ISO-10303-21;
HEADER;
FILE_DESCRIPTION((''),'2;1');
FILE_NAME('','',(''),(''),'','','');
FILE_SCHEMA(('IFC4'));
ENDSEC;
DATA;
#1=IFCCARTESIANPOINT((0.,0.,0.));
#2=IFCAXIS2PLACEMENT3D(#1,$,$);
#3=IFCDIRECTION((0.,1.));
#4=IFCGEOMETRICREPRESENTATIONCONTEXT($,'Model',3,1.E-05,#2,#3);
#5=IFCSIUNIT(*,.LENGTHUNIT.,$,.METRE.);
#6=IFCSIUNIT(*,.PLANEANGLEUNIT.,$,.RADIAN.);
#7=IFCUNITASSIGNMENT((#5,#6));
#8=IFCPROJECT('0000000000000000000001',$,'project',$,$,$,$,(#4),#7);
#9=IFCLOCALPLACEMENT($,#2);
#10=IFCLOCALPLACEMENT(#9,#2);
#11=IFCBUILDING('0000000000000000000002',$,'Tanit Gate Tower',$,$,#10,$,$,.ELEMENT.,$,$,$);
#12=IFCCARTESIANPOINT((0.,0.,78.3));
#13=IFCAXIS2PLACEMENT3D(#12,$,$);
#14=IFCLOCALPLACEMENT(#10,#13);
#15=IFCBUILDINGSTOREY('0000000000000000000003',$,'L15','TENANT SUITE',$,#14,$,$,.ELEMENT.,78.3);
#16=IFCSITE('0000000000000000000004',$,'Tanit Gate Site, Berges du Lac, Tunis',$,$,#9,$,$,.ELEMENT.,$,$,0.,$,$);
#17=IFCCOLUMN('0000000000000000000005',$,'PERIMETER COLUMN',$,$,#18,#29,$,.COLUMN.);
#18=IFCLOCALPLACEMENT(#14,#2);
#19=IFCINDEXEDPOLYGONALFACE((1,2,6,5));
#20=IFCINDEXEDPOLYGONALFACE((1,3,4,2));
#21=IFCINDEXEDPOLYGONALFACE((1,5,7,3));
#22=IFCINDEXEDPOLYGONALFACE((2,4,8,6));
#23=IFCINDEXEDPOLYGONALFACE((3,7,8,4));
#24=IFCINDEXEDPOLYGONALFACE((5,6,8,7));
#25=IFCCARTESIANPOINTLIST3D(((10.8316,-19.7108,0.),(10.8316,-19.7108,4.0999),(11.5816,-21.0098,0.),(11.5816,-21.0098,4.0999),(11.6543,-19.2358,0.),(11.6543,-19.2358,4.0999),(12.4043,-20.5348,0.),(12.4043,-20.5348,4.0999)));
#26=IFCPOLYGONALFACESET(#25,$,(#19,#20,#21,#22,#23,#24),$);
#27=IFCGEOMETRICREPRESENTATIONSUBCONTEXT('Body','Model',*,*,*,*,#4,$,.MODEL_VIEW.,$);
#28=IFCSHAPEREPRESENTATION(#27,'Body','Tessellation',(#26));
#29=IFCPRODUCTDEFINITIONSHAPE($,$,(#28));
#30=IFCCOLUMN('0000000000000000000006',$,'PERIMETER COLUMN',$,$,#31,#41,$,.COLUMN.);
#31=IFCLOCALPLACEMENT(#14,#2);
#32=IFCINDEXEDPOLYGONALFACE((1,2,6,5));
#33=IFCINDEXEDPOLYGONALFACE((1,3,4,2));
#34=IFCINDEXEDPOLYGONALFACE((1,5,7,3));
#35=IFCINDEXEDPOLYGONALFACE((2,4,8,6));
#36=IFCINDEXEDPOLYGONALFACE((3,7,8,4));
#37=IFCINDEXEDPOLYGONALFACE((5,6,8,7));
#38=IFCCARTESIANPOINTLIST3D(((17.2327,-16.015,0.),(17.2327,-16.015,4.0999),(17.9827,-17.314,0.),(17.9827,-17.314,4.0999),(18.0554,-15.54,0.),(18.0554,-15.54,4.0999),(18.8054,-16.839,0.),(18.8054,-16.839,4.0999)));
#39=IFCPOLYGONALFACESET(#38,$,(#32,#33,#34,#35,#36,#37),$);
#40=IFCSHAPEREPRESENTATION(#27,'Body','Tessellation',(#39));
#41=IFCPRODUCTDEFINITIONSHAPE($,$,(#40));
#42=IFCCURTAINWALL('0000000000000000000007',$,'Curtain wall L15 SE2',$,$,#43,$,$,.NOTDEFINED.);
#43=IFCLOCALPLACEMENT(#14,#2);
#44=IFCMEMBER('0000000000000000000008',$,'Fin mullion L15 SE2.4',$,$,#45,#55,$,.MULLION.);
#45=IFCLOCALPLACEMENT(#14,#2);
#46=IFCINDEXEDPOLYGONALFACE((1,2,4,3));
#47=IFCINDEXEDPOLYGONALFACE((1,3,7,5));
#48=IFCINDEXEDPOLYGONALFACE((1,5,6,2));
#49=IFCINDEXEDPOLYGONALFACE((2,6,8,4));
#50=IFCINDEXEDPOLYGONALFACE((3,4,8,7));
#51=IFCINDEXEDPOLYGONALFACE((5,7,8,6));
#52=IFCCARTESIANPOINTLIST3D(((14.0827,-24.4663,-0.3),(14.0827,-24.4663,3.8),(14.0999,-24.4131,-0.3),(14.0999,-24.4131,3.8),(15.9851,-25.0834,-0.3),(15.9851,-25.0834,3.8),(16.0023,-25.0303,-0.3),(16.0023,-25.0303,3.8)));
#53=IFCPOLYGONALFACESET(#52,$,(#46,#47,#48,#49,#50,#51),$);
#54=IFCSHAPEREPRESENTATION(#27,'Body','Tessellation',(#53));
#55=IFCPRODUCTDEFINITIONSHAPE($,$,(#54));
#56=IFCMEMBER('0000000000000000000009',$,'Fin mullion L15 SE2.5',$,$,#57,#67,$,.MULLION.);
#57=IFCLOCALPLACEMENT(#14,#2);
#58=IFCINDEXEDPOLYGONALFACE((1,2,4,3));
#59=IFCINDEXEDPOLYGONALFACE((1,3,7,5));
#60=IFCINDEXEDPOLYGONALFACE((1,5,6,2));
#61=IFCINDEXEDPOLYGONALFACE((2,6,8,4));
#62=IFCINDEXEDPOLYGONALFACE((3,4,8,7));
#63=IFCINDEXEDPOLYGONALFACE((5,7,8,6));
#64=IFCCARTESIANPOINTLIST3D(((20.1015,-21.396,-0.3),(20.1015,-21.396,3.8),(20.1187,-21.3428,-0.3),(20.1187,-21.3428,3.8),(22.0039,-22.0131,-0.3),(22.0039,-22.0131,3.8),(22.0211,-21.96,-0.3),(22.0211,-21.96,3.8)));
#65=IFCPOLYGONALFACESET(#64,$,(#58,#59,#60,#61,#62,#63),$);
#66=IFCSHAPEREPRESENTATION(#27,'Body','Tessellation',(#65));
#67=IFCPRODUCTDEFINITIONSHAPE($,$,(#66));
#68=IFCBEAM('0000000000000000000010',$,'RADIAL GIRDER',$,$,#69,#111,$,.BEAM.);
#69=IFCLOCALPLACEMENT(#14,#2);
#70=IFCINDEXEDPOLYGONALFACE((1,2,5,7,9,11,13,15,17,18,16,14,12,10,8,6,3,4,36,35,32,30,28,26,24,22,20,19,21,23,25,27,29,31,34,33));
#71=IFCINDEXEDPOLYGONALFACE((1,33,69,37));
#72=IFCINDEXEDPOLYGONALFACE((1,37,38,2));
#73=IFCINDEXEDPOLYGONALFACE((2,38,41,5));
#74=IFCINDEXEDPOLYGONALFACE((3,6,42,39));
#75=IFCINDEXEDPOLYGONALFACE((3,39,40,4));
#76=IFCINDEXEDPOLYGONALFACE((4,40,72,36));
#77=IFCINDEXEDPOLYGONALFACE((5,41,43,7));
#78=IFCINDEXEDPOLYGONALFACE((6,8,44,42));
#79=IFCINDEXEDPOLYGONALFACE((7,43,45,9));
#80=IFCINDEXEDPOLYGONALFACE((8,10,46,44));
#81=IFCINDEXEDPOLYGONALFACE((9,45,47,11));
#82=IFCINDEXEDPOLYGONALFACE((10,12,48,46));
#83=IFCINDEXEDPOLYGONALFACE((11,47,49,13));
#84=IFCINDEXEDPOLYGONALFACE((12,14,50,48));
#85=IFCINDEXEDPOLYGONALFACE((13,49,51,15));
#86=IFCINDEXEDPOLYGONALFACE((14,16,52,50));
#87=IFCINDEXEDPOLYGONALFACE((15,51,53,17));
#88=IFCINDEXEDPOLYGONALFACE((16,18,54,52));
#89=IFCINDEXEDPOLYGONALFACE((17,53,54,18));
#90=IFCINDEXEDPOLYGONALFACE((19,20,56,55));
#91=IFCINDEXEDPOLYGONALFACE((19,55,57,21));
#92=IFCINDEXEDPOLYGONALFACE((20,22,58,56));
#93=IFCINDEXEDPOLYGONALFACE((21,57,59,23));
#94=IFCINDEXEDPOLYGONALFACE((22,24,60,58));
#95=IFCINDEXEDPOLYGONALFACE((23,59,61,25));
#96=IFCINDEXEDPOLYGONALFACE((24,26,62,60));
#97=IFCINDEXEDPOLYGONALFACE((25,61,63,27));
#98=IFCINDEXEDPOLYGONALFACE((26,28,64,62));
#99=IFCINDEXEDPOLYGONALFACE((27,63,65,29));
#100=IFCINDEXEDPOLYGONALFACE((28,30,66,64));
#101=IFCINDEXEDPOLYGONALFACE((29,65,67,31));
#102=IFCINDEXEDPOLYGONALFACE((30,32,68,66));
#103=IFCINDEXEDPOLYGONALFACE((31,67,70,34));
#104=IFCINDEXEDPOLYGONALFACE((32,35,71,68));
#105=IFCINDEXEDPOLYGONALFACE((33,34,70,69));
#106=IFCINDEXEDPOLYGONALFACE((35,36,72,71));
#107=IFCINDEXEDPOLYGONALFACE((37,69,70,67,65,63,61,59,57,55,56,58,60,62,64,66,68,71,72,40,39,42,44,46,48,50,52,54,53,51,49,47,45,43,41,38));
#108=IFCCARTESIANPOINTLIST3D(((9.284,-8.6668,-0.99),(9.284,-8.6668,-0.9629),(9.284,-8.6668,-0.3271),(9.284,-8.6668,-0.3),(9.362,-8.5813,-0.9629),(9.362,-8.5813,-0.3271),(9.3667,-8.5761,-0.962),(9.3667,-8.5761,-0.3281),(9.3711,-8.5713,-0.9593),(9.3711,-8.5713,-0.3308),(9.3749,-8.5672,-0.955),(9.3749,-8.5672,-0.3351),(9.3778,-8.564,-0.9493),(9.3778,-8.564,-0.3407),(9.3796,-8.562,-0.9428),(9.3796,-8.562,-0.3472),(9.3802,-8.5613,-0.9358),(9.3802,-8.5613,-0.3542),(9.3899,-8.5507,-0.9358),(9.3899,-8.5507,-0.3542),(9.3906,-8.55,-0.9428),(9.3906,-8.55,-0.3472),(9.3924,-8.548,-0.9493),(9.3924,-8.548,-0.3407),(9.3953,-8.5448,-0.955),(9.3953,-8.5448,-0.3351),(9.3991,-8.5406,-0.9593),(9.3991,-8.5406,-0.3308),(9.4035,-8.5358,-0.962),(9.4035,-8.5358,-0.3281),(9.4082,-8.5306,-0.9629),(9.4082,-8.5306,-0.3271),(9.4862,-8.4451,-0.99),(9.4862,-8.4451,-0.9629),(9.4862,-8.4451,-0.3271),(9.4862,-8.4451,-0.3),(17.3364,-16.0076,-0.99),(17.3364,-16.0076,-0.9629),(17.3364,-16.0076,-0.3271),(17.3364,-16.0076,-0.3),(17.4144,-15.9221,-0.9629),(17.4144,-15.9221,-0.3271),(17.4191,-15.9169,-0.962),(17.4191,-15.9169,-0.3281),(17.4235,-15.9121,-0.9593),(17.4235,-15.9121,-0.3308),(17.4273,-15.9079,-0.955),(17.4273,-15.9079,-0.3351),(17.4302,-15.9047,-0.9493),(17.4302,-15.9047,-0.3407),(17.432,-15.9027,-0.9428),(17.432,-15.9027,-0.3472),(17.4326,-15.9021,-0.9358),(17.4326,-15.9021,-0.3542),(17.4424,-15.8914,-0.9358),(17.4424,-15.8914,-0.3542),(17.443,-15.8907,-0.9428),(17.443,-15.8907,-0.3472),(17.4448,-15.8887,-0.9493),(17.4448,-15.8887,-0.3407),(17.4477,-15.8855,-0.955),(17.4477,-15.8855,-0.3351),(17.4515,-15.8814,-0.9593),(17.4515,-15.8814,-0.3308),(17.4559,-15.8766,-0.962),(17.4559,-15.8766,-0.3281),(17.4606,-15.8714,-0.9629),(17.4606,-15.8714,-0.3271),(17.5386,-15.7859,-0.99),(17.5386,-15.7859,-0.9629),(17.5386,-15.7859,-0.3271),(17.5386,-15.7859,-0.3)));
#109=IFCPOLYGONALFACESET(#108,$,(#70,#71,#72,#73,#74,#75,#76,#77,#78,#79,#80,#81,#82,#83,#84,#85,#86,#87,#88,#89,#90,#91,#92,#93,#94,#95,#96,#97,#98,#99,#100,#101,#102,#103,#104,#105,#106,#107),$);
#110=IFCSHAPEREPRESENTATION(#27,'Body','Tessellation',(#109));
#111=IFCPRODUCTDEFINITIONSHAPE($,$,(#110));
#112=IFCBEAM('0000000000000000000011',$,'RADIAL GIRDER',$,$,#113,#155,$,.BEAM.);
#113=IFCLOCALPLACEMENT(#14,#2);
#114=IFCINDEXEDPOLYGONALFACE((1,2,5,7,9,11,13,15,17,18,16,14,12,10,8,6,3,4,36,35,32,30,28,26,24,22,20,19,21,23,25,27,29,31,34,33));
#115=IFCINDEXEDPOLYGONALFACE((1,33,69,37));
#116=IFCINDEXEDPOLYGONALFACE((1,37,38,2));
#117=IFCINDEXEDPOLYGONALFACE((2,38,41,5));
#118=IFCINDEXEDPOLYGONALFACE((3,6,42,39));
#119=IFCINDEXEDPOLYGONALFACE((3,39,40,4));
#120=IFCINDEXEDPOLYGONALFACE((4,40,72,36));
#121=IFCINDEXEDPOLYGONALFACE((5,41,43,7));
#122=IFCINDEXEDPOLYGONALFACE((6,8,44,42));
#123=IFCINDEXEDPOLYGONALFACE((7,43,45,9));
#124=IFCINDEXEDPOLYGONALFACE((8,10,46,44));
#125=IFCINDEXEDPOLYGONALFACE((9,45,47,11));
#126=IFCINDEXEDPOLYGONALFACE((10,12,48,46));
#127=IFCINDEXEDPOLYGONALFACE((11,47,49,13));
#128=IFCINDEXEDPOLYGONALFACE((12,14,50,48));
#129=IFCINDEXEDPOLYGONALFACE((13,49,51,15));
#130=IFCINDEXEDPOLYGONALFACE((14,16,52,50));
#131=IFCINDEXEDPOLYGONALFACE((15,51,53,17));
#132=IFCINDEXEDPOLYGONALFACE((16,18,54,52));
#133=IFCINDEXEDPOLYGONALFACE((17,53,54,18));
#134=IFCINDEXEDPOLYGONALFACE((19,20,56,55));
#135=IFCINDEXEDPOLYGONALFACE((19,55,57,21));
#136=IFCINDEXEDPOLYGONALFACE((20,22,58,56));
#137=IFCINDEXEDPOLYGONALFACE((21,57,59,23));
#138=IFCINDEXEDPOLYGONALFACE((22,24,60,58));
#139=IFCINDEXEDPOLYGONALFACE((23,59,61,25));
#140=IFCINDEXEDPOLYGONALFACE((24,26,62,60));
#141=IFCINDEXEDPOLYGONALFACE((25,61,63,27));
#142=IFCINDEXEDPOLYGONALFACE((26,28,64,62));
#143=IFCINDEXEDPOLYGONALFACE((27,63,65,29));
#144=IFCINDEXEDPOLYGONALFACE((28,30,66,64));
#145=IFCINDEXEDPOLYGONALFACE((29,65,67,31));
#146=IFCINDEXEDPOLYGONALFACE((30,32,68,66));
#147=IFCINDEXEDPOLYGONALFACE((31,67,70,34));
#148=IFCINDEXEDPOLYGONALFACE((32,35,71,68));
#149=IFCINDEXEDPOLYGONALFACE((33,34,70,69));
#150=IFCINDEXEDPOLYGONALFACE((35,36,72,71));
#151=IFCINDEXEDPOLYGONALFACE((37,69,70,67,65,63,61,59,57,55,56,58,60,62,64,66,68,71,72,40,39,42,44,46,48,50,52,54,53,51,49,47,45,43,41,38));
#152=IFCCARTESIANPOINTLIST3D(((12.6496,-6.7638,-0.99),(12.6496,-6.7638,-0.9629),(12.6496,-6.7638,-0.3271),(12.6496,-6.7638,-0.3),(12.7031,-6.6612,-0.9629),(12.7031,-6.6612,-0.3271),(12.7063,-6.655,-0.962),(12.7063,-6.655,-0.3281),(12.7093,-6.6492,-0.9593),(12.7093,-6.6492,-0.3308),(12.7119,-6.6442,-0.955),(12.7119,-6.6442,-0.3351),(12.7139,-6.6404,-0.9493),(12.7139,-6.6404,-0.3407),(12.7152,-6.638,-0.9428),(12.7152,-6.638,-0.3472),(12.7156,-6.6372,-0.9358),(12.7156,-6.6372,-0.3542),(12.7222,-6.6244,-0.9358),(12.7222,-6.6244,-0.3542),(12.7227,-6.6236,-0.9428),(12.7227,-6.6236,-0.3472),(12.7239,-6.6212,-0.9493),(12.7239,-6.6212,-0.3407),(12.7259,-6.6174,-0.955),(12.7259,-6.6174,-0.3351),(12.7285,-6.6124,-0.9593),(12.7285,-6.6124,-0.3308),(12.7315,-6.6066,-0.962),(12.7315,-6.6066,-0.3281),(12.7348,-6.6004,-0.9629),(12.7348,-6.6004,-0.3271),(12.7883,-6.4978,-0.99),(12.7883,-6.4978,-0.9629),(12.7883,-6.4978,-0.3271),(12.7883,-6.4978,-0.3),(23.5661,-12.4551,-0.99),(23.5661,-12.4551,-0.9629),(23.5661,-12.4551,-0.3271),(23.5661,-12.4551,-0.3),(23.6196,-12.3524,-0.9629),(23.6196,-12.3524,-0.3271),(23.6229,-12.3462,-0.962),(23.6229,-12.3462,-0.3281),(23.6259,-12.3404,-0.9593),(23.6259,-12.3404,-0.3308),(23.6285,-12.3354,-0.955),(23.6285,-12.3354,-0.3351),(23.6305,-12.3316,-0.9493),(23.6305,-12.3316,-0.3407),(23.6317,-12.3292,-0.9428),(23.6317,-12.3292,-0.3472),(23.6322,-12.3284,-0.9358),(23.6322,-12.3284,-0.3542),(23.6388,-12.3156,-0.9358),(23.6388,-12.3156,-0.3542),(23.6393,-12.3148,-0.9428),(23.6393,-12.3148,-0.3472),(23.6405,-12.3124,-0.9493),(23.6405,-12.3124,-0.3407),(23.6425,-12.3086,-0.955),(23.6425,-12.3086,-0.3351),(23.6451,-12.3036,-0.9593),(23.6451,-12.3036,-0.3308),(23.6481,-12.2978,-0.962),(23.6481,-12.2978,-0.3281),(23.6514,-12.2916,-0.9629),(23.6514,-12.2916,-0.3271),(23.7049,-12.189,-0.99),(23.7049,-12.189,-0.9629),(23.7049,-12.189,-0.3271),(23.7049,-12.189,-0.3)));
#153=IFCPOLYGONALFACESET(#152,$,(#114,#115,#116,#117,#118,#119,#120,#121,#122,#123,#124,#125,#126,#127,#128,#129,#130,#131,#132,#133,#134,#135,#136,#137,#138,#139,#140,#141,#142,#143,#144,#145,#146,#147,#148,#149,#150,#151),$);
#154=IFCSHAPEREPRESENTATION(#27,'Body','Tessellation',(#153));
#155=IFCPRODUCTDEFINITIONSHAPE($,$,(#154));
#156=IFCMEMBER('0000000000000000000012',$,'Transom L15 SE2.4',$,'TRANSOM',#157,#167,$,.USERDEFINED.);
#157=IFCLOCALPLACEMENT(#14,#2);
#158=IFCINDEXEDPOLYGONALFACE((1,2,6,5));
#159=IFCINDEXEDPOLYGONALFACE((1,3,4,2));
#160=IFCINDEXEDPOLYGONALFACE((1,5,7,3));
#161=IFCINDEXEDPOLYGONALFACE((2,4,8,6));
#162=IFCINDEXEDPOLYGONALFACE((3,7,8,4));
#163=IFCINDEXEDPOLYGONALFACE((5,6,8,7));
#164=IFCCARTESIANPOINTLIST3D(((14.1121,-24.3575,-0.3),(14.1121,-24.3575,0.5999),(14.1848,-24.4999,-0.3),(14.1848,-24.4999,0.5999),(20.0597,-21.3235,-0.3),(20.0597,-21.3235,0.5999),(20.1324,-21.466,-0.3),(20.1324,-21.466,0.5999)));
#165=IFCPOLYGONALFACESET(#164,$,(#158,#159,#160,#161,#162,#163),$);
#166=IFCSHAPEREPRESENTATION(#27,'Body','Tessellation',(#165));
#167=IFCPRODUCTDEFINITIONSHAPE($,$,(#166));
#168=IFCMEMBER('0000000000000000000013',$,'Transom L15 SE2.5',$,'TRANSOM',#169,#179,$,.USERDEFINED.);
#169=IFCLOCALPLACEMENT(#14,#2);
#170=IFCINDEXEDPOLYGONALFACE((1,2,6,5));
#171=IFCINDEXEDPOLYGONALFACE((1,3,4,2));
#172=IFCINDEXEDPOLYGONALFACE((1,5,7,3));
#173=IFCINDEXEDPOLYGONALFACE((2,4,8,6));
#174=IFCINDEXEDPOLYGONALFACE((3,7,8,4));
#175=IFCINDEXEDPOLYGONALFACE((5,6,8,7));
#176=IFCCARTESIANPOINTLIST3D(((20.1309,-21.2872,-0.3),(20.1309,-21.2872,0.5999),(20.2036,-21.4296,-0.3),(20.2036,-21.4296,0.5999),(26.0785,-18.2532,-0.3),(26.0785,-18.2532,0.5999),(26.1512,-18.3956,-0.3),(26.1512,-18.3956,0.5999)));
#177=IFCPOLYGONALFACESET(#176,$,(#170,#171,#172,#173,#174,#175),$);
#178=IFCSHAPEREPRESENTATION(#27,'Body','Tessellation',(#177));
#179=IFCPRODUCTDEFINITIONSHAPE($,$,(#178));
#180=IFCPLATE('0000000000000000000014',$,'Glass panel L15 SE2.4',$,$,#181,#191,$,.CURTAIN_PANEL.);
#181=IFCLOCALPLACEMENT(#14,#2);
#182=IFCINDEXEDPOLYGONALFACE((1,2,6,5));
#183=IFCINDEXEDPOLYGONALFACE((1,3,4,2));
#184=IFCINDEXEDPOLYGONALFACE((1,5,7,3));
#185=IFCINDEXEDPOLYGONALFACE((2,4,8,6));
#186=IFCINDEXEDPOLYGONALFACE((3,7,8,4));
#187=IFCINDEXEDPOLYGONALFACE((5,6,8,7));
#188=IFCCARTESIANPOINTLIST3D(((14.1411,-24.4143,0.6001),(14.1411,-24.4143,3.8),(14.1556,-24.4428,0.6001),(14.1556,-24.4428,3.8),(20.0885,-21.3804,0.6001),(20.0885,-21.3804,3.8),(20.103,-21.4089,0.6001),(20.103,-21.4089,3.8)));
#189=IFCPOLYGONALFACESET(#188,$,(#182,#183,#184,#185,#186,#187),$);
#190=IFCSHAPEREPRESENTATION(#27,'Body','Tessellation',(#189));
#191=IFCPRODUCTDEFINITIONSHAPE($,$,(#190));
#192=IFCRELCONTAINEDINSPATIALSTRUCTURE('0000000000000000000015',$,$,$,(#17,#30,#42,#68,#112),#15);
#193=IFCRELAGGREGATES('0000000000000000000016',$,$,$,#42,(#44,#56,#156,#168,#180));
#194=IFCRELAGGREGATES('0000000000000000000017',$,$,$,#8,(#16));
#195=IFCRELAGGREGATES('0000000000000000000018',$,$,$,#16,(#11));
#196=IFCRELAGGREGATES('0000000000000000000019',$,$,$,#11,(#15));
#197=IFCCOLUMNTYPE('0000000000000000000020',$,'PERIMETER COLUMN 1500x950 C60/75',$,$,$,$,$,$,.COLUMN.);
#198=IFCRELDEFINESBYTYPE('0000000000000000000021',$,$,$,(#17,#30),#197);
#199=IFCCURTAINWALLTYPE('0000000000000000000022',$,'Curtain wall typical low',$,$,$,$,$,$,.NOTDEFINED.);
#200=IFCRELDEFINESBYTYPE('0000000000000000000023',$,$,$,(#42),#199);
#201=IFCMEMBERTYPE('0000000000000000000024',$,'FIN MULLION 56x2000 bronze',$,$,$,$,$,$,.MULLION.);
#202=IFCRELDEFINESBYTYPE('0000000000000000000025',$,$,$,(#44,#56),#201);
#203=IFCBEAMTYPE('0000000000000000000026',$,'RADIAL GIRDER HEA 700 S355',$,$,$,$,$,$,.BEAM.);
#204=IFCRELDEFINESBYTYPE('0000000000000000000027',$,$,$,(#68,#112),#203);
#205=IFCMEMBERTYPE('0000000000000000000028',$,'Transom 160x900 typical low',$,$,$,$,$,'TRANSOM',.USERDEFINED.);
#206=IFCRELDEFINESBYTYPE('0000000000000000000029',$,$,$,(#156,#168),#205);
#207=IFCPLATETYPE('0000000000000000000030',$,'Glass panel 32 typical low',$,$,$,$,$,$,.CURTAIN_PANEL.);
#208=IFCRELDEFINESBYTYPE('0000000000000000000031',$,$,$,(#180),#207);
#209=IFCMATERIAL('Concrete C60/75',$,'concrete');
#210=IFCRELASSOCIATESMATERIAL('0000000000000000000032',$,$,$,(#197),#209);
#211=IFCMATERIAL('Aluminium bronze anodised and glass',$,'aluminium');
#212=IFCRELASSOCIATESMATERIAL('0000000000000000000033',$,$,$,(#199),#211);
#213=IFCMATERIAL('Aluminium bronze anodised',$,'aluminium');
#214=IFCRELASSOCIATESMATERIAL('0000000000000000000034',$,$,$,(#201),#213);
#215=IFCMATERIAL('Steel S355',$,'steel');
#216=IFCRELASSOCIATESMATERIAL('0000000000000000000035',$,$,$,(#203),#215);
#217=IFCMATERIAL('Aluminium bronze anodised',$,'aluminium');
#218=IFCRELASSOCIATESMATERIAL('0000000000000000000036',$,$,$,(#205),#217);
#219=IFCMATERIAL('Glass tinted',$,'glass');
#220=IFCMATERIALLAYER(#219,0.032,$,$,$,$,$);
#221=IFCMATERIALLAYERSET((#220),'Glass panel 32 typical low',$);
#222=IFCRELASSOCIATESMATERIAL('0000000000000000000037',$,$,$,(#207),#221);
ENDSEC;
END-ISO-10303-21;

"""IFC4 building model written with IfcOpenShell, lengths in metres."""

from ifc_helpers import new_model, si_unit, direction, frame, origin, origin_2d, place, context, subcontext, project, spatial, rectangle, i_section, extrude, material, layer, layer_set, material_profile, profile_set, type_object, element, aggregate, save


model = new_model("IFC4")

# Units and contexts
model_context = context("Model", 3, precision=1e-05, world=origin(), true_north=direction((0.0, 1.0)))
body_context = subcontext(model_context, "Body", "Model", "MODEL_VIEW")
ifc_project = project(units=[si_unit("LENGTHUNIT", "METRE"), si_unit("PLANEANGLEUNIT", "RADIAN")], contexts=[model_context])

# Site, building, storey
site_placement = place(None, origin())
site = spatial("IfcSite", under=ifc_project, at=site_placement, Name="Tanit Gate Site, Berges du Lac, Tunis", CompositionType="ELEMENT", RefElevation=0.0)
building_placement = place(site_placement, origin())
building = spatial("IfcBuilding", under=site, at=building_placement, Name="Tanit Gate Tower", CompositionType="ELEMENT")
storey_placement = place(building_placement, frame((0.0, 0.0, 78.3)))
storey = spatial("IfcBuildingStorey", under=building, at=storey_placement, Name="L15", Description="TENANT SUITE", CompositionType="ELEMENT", Elevation=78.3)

# Columns
ifc_material_1 = material(Name="Concrete C60/75", Category="concrete")
ifc_material_profile_1 = material_profile(ifc_material_1, rectangle(XDim=1.5, YDim=0.95, at=origin_2d()), Name="RC 1500x950")
ifc_profile_set_1 = profile_set([ifc_material_profile_1], Name="Concrete C60/75")
column_type = type_object("IfcColumnType", Name="PERIMETER COLUMN 1500x950 C60/75", PredefinedType="COLUMN", material=ifc_profile_set_1)
for number, where, z_axis, x_axis, name in (
    (1, (11.6179, -20.1228, 0.0), (0.0, 0.0, 1.0), (0.5, -0.866025, 0.0), "PERIMETER COLUMN"),
    (2, (18.019, -16.427, 0.0), (0.0, 0.0, 1.0), (0.5, -0.866025, 0.0), "PERIMETER COLUMN"),
):
    element("IfcColumn", number, at=place(storey_placement, frame(where, z_axis=z_axis, x_axis=x_axis)), inside=storey, type_object=column_type, Name=name, PredefinedType="COLUMN", context=body_context, shape_type="SweptSolid", body=[
        extrude(rectangle(XDim=1.5, YDim=0.95, at=origin_2d()), origin(), (0.0, 0.0, 1.0), 4.0999),
    ])

# Curtain wall, members
ifc_material_2 = material(Name="Aluminium bronze anodised and glass", Category="aluminium")
curtain_wall_type = type_object("IfcCurtainWallType", Name="Curtain wall typical low", PredefinedType="NOTDEFINED", material=ifc_material_2)
curtain_wall_placement = place(storey_placement, origin())
curtain_wall = element("IfcCurtainWall", 3, at=curtain_wall_placement, inside=storey, type_object=curtain_wall_type, Name="Curtain wall L15 SE2", PredefinedType="NOTDEFINED")
ifc_material_3 = material(Name="Aluminium bronze anodised", Category="aluminium")
ifc_material_profile_2 = material_profile(ifc_material_3, rectangle(XDim=2.0, YDim=0.0559, at=origin_2d()), Name="56x2000 bronze fin mullion")
ifc_profile_set_2 = profile_set([ifc_material_profile_2], Name="Aluminium bronze anodised")
member_type_1 = type_object("IfcMemberType", Name="FIN MULLION 56x2000 bronze", PredefinedType="MULLION", material=ifc_profile_set_2)
member_1_placement = place(storey_placement, frame((15.0425, -24.7483, -0.3), z_axis=(0.0, 0.0, 1.0), x_axis=(-0.951202, 0.308568, 0.0)))
member_1 = element("IfcMember", 4, at=member_1_placement, type_object=member_type_1, Name="Fin mullion L15 SE2.4", PredefinedType="MULLION", context=body_context, shape_type="SweptSolid", body=[
    extrude(rectangle(XDim=2.0, YDim=0.0559, at=origin_2d()), origin(), (0.0, 0.0, 1.0), 4.1001),
])
member_2_placement = place(storey_placement, frame((21.0613, -21.678, -0.3), z_axis=(0.0, 0.0, 1.0), x_axis=(-0.951202, 0.308568, 0.0)))
member_2 = element("IfcMember", 5, at=member_2_placement, type_object=member_type_1, Name="Fin mullion L15 SE2.5", PredefinedType="MULLION", context=body_context, shape_type="SweptSolid", body=[
    extrude(rectangle(XDim=2.0, YDim=0.0559, at=origin_2d()), origin(), (0.0, 0.0, 1.0), 4.1001),
])

# Beams
ifc_material_4 = material(Name="Steel S355", Category="steel")
ifc_material_profile_3 = material_profile(ifc_material_4, i_section(OverallWidth=0.3, OverallDepth=0.6899, WebThickness=0.0144, FlangeThickness=0.0271, FilletRadius=0.0271, at=origin_2d()), Name="HEA 700")
ifc_profile_set_3 = profile_set([ifc_material_profile_3], Name="Steel S355")
beam_type = type_object("IfcBeamType", Name="RADIAL GIRDER HEA 700 S355", PredefinedType="BEAM", material=ifc_profile_set_3)
beam_1_placement = place(storey_placement, frame((17.4375, -15.8967, -0.645), z_axis=(-0.739009, 0.673696, 0.0), x_axis=(-0.673696, -0.739009, 0.0)))
element("IfcBeam", 6, at=beam_1_placement, inside=storey, type_object=beam_type, Name="RADIAL GIRDER", PredefinedType="BEAM", context=body_context, shape_type="SweptSolid", body=[
    extrude(i_section(OverallWidth=0.3, OverallDepth=0.6899, WebThickness=0.0144, FlangeThickness=0.0271, FilletRadius=0.0271, at=origin_2d()), origin(), (0.0, 0.0, 1.0), 10.8962),
])
beam_2_placement = place(storey_placement, frame((23.6355, -12.322, -0.645), z_axis=(-0.886732, 0.462285, 0.0), x_axis=(-0.462285, -0.886732, 0.0)))
element("IfcBeam", 7, at=beam_2_placement, inside=storey, type_object=beam_type, Name="RADIAL GIRDER", PredefinedType="BEAM", context=body_context, shape_type="SweptSolid", body=[
    extrude(i_section(OverallWidth=0.3, OverallDepth=0.6899, WebThickness=0.0144, FlangeThickness=0.0271, FilletRadius=0.0271, at=origin_2d()), origin(), (0.0, 0.0, 1.0), 12.311),
])

# Members
ifc_material_5 = material(Name="Aluminium bronze anodised", Category="aluminium")
ifc_material_profile_4 = material_profile(ifc_material_5, rectangle(XDim=0.1599, YDim=0.8999, at=origin_2d()), Name="160x900 bronze transom")
ifc_profile_set_4 = profile_set([ifc_material_profile_4], Name="Aluminium bronze anodised")
member_type_2 = type_object("IfcMemberType", Name="Transom 160x900 typical low", ElementType="TRANSOM", PredefinedType="USERDEFINED", material=ifc_profile_set_4)
member_3_placement = place(storey_placement, frame((14.1484, -24.4287, 0.1499), z_axis=(0.890793, 0.45441, 0.0), x_axis=(-0.45441, 0.890793, 0.0)))
member_3 = element("IfcMember", 8, at=member_3_placement, type_object=member_type_2, Name="Transom L15 SE2.4", ObjectType="TRANSOM", PredefinedType="USERDEFINED", context=body_context, shape_type="SweptSolid", body=[
    extrude(rectangle(XDim=0.1599, YDim=0.8999, at=origin_2d()), origin(), (0.0, 0.0, 1.0), 6.6768),
])
member_4_placement = place(storey_placement, frame((20.1672, -21.3584, 0.1499), z_axis=(0.890793, 0.45441, 0.0), x_axis=(-0.45441, 0.890793, 0.0)))
member_4 = element("IfcMember", 9, at=member_4_placement, type_object=member_type_2, Name="Transom L15 SE2.5", ObjectType="TRANSOM", PredefinedType="USERDEFINED", context=body_context, shape_type="SweptSolid", body=[
    extrude(rectangle(XDim=0.1599, YDim=0.8999, at=origin_2d()), origin(), (0.0, 0.0, 1.0), 6.6768),
])

# Plate
ifc_material_6 = material(Name="Glass tinted", Category="glass")
ifc_layer_1 = layer(ifc_material_6, 0.032)
ifc_layer_set_1 = layer_set([ifc_layer_1], Name="Glass panel 32 typical low")
plate_type = type_object("IfcPlateType", Name="Glass panel 32 typical low", PredefinedType="CURTAIN_PANEL", material=ifc_layer_set_1)
plate_1_placement = place(storey_placement, frame((17.1221, -22.9116, 0.6001), z_axis=(0.0, 0.0, 1.0), x_axis=(0.890792, 0.454411, 0.0)))
plate_1 = element("IfcPlate", 10, at=plate_1_placement, type_object=plate_type, Name="Glass panel L15 SE2.4", PredefinedType="CURTAIN_PANEL", context=body_context, shape_type="SweptSolid", body=[
    extrude(rectangle(XDim=6.6765, YDim=0.032, at=origin_2d()), origin(), (0.0, 0.0, 1.0), 3.2),
])
aggregate(curtain_wall, [member_1, member_2, member_3, member_4, plate_1])

save(model, "model.ifc")
